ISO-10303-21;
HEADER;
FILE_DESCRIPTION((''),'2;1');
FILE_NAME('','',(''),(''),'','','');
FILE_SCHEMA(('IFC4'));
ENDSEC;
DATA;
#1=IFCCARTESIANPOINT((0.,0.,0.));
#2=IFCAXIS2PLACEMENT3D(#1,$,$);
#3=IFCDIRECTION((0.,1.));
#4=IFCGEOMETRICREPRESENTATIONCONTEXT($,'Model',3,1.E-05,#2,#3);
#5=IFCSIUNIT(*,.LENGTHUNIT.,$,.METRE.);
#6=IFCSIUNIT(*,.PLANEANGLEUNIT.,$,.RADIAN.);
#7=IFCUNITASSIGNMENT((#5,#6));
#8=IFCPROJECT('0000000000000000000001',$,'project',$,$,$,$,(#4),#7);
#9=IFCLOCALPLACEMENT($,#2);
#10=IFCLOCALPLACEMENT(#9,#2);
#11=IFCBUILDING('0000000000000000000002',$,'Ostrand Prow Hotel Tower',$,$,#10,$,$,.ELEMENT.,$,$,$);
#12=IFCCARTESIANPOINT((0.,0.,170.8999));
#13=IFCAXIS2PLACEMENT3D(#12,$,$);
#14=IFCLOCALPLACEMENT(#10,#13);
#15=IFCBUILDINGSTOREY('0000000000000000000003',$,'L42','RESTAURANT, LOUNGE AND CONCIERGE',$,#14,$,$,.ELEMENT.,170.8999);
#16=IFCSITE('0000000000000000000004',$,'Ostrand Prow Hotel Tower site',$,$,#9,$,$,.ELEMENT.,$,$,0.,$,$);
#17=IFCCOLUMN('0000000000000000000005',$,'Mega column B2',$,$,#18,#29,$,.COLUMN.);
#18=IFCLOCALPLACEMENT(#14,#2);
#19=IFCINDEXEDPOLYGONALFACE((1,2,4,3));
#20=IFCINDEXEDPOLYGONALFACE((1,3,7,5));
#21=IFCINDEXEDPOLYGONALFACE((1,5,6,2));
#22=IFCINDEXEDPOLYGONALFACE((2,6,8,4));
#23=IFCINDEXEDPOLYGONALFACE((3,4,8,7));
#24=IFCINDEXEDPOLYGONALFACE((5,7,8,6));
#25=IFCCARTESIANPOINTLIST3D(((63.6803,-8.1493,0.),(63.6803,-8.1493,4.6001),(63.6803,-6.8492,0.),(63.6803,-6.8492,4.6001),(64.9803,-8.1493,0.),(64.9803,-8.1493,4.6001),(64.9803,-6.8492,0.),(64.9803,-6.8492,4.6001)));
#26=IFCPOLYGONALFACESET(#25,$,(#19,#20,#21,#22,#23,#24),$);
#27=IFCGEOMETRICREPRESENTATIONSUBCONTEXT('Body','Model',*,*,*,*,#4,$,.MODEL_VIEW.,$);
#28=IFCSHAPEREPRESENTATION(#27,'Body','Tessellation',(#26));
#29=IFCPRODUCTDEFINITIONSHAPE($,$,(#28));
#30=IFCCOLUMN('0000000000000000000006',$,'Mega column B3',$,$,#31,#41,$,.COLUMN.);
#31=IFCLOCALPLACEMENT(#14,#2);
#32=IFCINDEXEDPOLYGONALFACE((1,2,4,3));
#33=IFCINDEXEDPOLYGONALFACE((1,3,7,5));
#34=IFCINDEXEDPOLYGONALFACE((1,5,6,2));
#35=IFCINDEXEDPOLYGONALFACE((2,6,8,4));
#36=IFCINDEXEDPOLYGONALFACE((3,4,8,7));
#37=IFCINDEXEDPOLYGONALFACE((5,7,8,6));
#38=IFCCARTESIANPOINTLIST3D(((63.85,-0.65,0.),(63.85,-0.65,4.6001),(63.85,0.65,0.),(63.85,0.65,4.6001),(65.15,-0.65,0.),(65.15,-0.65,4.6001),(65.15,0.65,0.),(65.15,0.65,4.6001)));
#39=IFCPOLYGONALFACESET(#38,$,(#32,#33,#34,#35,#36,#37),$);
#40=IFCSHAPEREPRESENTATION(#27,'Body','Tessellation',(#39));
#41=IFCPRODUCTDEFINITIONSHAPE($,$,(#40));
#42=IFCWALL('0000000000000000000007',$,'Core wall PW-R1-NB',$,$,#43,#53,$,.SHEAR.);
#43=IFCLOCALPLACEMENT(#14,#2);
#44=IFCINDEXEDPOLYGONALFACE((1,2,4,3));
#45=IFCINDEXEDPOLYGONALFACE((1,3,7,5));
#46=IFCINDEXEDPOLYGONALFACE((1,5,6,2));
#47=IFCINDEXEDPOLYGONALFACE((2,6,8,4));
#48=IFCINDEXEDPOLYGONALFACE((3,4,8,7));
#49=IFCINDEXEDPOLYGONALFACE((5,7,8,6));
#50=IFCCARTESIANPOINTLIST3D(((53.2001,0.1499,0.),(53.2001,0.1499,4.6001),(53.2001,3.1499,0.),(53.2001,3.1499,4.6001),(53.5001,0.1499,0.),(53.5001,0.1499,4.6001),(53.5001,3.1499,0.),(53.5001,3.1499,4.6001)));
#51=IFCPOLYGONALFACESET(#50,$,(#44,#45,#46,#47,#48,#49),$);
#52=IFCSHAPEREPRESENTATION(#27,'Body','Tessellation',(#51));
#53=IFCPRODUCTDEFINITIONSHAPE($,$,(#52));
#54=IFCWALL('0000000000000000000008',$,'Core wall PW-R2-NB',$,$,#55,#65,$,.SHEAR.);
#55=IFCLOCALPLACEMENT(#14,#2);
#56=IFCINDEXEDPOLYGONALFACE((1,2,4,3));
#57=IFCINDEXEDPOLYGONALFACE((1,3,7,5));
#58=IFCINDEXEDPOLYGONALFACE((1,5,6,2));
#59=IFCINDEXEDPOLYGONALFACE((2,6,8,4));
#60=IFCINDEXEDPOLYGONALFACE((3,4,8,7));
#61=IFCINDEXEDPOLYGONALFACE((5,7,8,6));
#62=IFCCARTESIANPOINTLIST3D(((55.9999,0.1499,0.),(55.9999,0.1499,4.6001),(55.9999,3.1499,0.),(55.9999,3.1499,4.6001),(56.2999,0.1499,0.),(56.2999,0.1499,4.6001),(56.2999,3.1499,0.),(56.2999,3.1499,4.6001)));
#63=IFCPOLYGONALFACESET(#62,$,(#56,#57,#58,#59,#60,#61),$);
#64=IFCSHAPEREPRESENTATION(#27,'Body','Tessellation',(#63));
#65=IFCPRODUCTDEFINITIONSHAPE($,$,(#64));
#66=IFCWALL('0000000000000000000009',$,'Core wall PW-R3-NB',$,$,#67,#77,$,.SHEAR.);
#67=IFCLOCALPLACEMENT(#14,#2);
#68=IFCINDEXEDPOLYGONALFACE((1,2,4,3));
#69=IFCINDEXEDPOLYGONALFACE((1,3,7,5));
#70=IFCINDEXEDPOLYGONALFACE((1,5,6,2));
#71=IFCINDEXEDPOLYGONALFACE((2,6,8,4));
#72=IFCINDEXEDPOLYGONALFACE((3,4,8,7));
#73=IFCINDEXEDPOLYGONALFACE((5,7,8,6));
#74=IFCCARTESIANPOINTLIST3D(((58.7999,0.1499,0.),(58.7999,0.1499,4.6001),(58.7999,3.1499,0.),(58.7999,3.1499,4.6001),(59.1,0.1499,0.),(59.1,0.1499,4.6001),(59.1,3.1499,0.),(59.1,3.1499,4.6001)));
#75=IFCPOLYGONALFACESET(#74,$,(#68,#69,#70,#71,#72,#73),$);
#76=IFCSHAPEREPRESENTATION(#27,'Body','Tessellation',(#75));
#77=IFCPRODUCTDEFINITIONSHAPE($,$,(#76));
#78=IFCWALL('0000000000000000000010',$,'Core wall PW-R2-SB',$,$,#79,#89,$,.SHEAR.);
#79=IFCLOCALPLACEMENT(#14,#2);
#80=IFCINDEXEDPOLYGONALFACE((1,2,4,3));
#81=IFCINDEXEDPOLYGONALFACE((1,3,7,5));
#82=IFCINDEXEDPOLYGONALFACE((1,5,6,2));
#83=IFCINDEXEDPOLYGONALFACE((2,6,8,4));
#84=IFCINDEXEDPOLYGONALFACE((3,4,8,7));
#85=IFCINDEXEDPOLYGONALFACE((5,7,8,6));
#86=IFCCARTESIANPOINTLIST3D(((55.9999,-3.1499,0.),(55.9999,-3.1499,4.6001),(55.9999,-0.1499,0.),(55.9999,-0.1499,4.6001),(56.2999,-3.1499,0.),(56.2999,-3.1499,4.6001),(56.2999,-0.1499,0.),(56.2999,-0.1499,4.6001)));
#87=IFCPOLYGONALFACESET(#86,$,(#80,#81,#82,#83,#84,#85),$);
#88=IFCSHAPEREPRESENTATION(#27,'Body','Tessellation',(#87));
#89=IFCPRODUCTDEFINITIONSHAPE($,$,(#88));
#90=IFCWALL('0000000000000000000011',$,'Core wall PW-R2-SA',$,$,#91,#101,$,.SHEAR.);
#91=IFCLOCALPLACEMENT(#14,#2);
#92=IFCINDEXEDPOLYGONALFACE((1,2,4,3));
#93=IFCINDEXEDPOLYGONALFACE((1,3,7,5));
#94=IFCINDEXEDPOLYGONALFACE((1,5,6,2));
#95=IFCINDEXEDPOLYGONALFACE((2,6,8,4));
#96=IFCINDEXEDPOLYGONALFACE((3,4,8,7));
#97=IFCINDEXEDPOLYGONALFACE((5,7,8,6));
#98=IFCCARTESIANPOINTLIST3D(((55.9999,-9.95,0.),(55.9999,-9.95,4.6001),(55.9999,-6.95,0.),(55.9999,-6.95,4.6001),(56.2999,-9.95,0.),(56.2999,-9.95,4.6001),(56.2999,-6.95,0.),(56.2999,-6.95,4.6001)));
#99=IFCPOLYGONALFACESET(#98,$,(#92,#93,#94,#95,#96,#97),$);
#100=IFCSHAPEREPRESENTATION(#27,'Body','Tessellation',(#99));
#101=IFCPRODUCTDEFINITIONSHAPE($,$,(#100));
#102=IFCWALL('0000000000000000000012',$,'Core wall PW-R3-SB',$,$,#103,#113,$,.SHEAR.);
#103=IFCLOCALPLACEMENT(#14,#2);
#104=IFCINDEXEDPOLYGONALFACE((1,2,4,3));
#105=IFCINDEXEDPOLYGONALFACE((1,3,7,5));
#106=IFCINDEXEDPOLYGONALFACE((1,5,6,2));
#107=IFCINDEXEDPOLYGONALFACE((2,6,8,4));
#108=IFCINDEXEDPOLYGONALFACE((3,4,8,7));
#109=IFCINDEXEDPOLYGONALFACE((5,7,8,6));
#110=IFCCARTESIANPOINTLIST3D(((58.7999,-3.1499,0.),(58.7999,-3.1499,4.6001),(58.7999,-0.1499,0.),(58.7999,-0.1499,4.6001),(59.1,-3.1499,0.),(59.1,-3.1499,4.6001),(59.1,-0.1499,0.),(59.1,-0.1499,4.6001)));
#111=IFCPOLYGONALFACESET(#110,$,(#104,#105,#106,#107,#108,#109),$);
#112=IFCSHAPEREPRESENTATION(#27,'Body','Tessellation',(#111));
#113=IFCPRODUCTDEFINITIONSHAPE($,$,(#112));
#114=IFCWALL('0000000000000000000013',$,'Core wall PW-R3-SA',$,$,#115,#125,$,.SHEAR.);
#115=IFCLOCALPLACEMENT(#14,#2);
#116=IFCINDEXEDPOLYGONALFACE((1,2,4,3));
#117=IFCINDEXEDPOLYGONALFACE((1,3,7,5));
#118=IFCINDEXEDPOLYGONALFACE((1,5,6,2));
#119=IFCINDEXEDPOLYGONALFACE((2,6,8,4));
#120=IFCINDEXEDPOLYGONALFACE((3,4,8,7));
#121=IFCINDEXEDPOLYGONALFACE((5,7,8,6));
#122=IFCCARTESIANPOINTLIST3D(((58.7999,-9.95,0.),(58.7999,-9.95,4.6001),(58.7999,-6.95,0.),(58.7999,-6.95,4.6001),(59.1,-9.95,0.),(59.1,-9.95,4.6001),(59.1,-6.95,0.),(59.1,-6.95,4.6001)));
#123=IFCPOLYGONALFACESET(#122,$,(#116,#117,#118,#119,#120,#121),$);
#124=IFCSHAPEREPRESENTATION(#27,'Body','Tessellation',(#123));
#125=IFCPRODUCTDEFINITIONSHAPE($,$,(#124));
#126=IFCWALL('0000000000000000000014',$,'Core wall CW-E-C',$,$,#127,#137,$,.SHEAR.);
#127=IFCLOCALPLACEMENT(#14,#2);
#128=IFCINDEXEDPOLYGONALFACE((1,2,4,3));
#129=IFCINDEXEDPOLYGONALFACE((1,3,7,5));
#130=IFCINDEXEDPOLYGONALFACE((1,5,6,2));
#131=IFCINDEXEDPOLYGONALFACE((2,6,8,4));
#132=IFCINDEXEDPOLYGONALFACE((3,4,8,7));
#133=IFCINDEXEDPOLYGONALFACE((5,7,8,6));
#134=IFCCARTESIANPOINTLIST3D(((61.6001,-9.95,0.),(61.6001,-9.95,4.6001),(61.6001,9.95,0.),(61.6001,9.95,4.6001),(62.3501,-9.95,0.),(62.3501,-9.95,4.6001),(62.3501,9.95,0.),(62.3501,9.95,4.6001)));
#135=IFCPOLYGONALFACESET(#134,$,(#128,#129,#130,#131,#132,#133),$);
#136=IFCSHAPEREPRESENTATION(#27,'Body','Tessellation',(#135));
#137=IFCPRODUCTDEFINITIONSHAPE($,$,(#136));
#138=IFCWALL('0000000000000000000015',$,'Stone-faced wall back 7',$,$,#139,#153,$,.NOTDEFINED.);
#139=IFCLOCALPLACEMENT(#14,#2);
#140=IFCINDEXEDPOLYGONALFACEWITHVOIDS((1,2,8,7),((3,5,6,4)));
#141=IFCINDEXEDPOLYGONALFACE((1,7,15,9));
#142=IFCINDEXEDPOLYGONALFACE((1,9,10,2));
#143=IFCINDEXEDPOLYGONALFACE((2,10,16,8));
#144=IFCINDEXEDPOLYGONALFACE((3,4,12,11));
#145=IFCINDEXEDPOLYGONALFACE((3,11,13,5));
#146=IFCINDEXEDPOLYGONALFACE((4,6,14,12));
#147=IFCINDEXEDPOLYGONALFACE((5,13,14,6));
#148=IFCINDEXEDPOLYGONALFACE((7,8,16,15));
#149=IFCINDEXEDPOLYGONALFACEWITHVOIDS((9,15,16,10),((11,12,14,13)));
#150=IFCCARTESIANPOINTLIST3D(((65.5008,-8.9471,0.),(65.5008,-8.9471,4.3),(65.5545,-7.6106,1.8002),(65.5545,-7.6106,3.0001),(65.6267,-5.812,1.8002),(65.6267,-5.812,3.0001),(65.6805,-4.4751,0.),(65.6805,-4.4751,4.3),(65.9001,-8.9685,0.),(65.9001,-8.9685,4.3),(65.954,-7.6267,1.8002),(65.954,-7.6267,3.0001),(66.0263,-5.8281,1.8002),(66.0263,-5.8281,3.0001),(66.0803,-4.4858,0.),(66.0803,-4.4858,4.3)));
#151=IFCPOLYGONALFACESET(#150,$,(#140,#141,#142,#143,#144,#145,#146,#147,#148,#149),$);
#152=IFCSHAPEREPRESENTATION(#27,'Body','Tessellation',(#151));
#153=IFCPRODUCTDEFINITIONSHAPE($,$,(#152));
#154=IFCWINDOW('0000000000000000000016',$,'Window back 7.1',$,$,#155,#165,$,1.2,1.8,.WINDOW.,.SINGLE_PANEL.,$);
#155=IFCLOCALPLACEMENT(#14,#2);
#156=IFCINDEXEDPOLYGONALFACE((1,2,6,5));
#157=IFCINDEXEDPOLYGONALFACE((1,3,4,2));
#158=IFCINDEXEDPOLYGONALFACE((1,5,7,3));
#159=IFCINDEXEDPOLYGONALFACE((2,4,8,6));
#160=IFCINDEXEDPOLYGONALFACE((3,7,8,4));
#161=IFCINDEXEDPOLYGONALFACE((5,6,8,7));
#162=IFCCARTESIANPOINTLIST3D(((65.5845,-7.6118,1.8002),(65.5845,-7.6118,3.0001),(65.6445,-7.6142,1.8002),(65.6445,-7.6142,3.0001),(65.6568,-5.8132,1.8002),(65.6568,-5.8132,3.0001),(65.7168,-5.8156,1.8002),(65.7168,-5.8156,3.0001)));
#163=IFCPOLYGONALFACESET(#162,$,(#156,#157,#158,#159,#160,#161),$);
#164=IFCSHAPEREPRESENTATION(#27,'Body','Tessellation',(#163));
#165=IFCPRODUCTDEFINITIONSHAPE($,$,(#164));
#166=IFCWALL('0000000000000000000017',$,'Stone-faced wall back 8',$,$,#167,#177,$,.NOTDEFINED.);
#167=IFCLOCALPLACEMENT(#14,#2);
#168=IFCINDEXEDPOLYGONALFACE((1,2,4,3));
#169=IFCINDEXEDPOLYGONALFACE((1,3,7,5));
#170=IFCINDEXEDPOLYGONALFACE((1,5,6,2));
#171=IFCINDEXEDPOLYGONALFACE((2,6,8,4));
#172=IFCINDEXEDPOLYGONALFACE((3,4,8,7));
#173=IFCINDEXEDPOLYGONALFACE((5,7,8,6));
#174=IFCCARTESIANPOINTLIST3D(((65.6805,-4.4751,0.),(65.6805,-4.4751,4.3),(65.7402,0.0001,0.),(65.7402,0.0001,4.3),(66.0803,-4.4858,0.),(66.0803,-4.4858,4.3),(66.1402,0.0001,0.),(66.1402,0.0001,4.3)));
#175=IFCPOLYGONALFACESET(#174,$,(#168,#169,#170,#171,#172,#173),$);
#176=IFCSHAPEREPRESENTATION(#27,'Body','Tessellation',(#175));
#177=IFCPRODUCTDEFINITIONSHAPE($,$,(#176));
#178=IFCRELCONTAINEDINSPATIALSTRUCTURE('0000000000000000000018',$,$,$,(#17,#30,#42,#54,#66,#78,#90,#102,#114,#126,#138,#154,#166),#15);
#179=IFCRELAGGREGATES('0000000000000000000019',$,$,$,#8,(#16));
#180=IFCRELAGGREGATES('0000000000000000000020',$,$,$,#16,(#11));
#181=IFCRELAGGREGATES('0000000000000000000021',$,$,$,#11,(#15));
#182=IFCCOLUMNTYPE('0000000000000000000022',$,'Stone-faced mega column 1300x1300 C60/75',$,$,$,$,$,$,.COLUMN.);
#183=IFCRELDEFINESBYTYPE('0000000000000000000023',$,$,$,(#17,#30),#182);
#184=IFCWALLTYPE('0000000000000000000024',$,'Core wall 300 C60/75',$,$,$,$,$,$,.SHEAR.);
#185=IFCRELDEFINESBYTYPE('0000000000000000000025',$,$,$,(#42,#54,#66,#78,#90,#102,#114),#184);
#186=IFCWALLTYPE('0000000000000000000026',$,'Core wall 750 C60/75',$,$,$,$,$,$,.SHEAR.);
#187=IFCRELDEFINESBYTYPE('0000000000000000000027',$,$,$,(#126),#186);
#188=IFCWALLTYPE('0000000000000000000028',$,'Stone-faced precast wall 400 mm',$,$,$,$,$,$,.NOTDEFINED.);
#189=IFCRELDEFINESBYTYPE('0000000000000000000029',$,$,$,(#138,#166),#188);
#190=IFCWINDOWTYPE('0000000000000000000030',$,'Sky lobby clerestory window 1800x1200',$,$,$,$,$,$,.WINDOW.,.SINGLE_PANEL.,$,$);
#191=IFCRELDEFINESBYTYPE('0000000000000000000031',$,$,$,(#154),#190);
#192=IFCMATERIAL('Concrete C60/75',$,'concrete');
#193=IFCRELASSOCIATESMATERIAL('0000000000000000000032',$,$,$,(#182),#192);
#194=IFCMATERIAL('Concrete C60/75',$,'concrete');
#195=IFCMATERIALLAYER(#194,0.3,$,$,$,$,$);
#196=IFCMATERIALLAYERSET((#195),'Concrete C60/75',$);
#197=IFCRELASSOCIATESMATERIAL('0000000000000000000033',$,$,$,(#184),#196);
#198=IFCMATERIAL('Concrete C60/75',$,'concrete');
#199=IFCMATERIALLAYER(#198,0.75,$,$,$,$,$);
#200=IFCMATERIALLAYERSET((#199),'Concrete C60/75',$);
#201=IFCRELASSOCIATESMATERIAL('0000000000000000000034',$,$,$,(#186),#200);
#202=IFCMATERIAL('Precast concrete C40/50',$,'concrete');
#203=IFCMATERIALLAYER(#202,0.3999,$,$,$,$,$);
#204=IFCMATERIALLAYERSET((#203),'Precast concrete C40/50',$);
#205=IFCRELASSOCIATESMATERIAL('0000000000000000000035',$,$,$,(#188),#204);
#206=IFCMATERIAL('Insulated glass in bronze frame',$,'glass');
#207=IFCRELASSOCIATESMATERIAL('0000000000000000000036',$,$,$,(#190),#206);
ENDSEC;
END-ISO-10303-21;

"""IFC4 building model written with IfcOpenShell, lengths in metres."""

from ifc_helpers import new_model, si_unit, direction, frame, frame_2d, origin, origin_2d, place, context, subcontext, project, spatial, polyline, rectangle, outline, extrude, material, layer, layer_set, material_profile, profile_set, type_object, element, fill, save


model = new_model("IFC4")

# Units and contexts
model_context = context("Model", 3, precision=1e-05, world=origin(), true_north=direction((0.0, 1.0)))
body_context = subcontext(model_context, "Body", "Model", "MODEL_VIEW")
ifc_project = project(units=[si_unit("LENGTHUNIT", "METRE"), si_unit("PLANEANGLEUNIT", "RADIAN")], contexts=[model_context])

# Site, building, storey
site_placement = place(None, origin())
site = spatial("IfcSite", under=ifc_project, at=site_placement, Name="Ostrand Prow Hotel Tower site", CompositionType="ELEMENT", RefElevation=0.0)
building_placement = place(site_placement, origin())
building = spatial("IfcBuilding", under=site, at=building_placement, Name="Ostrand Prow Hotel Tower", CompositionType="ELEMENT")
storey_placement = place(building_placement, frame((0.0, 0.0, 170.8999)))
storey = spatial("IfcBuildingStorey", under=building, at=storey_placement, Name="L42", Description="RESTAURANT, LOUNGE AND CONCIERGE", CompositionType="ELEMENT", Elevation=170.8999)

# Columns
ifc_material_1 = material(Name="Concrete C60/75", Category="concrete")
ifc_material_profile = material_profile(ifc_material_1, rectangle(XDim=1.3, YDim=1.3, at=origin_2d()), Name="RC 1300x1300")
ifc_profile_set = profile_set([ifc_material_profile], Name="Concrete C60/75")
column_type = type_object("IfcColumnType", Name="Stone-faced mega column 1300x1300 C60/75", PredefinedType="COLUMN", material=ifc_profile_set)
for number, where, z_axis, x_axis, name in (
    (1, (64.3303, -7.4993, 0.0), (0.0, 0.0, 1.0), (1.0, 0.0, 0.0), "Mega column B2"),
    (2, (64.5, 0.0, 0.0), (0.0, 0.0, 1.0), (1.0, 0.0, 0.0), "Mega column B3"),
):
    element("IfcColumn", number, at=place(storey_placement, frame(where, z_axis=z_axis, x_axis=x_axis)), inside=storey, type_object=column_type, Name=name, PredefinedType="COLUMN", context=body_context, shape_type="SweptSolid", body=[
        extrude(rectangle(XDim=1.3, YDim=1.3, at=origin_2d()), origin(), (0.0, 0.0, 1.0), 4.6001),
    ])

# Walls
ifc_material_2 = material(Name="Concrete C60/75", Category="concrete")
ifc_layer_1 = layer(ifc_material_2, 0.3)
ifc_layer_set_1 = layer_set([ifc_layer_1], Name="Concrete C60/75")
wall_type_1 = type_object("IfcWallType", Name="Core wall 300 C60/75", PredefinedType="SHEAR", material=ifc_layer_set_1)
for number, where, z_axis, x_axis, name in (
    (3, (53.3501, 0.1499, 0.0), (0.0, 0.0, 1.0), (0.0, 1.0, 0.0), "Core wall PW-R1-NB"),
    (4, (56.1499, 0.1499, 0.0), (0.0, 0.0, 1.0), (0.0, 1.0, 0.0), "Core wall PW-R2-NB"),
    (5, (58.95, 0.1499, 0.0), (0.0, 0.0, 1.0), (0.0, 1.0, 0.0), "Core wall PW-R3-NB"),
    (6, (56.1499, -3.1499, 0.0), (0.0, 0.0, 1.0), (0.0, 1.0, 0.0), "Core wall PW-R2-SB"),
    (7, (56.1499, -9.95, 0.0), (0.0, 0.0, 1.0), (0.0, 1.0, 0.0), "Core wall PW-R2-SA"),
    (8, (58.95, -3.1499, 0.0), (0.0, 0.0, 1.0), (0.0, 1.0, 0.0), "Core wall PW-R3-SB"),
    (9, (58.95, -9.95, 0.0), (0.0, 0.0, 1.0), (0.0, 1.0, 0.0), "Core wall PW-R3-SA"),
):
    element("IfcWall", number, at=place(storey_placement, frame(where, z_axis=z_axis, x_axis=x_axis)), inside=storey, type_object=wall_type_1, Name=name, PredefinedType="SHEAR", context=body_context, shape_type="SweptSolid", body=[
        extrude(rectangle(XDim=3.0, YDim=0.3, at=frame_2d((1.5, 0.0))), origin(), (0.0, 0.0, 1.0), 4.6001),
    ])
ifc_material_3 = material(Name="Concrete C60/75", Category="concrete")
ifc_layer_2 = layer(ifc_material_3, 0.75)
ifc_layer_set_2 = layer_set([ifc_layer_2], Name="Concrete C60/75")
wall_type_2 = type_object("IfcWallType", Name="Core wall 750 C60/75", PredefinedType="SHEAR", material=ifc_layer_set_2)
wall_1_placement = place(storey_placement, frame((61.9751, -9.95, 0.0), z_axis=(0.0, 0.0, 1.0), x_axis=(0.0, 1.0, 0.0)))
element("IfcWall", 10, at=wall_1_placement, inside=storey, type_object=wall_type_2, Name="Core wall CW-E-C", PredefinedType="SHEAR", context=body_context, shape_type="SweptSolid", body=[
    extrude(rectangle(XDim=19.8999, YDim=0.75, at=frame_2d((9.95, 0.0))), origin(), (0.0, 0.0, 1.0), 4.6001),
])

# Wall, opening, window
ifc_material_4 = material(Name="Precast concrete C40/50", Category="concrete")
ifc_layer_3 = layer(ifc_material_4, 0.3999)
ifc_layer_set_3 = layer_set([ifc_layer_3], Name="Precast concrete C40/50")
wall_type_3 = type_object("IfcWallType", Name="Stone-faced precast wall 400 mm", PredefinedType="NOTDEFINED", material=ifc_layer_set_3)
wall_2_placement = place(storey_placement, frame((65.7004, -8.9578, 0.0), z_axis=(0.0, 0.0, 1.0), x_axis=(0.040155, 0.999193, 0.0)))
wall_2 = element("IfcWall", 11, at=wall_2_placement, inside=storey, type_object=wall_type_3, Name="Stone-faced wall back 7", PredefinedType="NOTDEFINED", context=body_context, shape_type="SweptSolid", body=[
    extrude(outline(polyline([(-0.0027, -0.2), (4.4836, -0.2), (4.4783, 0.2), (0.0027, 0.2), (-0.0027, -0.2)])), origin(), (0.0, 0.0, 1.0), 4.3),
])
opening_1_placement = place(wall_2_placement, frame((1.3403, 0.0, 1.8)))
opening_1 = element("IfcOpeningElement", 12, at=opening_1_placement, cuts=wall_2, PredefinedType="OPENING", context=body_context, shape_type="SweptSolid", body=[
    extrude(rectangle(XDim=1.8, YDim=1.2, at=frame_2d((0.8999, 0.6001))), frame((0.0, 0.21, 0.0), z_axis=(0.0, -1.0, 0.0), x_axis=(1.0, 0.0, 0.0)), (0.0, 0.0, 1.0), 0.4199),
])
ifc_material_5 = material(Name="Insulated glass in bronze frame", Category="glass")
window_type = type_object("IfcWindowType", Name="Sky lobby clerestory window 1800x1200", PartitioningType="SINGLE_PANEL", PredefinedType="WINDOW", material=ifc_material_5)
window_1_placement = place(opening_1_placement, origin())
window_1 = element("IfcWindow", 13, at=window_1_placement, inside=storey, type_object=window_type, Name="Window back 7.1", OverallHeight=1.2, OverallWidth=1.8, PartitioningType="SINGLE_PANEL", PredefinedType="WINDOW", context=body_context, shape_type="SweptSolid", body=[
    extrude(rectangle(XDim=1.8, YDim=1.2, at=frame_2d((0.8999, 0.6001))), frame((0.0, 0.1699, 0.0), z_axis=(0.0, -1.0, 0.0), x_axis=(1.0, 0.0, 0.0)), (0.0, 0.0, 1.0), 0.0601),
])
fill(opening_1, window_1)

# Wall
wall_3_placement = place(storey_placement, frame((65.8804, -4.4805, 0.0), z_axis=(0.0, 0.0, 1.0), x_axis=(0.013349, 0.999911, 0.0)))
element("IfcWall", 14, at=wall_3_placement, inside=storey, type_object=wall_type_3, Name="Stone-faced wall back 8", PredefinedType="NOTDEFINED", context=body_context, shape_type="SweptSolid", body=[
    extrude(outline(polyline([(-0.0027, -0.2), (4.4836, -0.2), (4.4783, 0.2), (0.0027, 0.2), (-0.0027, -0.2)])), origin(), (0.0, 0.0, 1.0), 4.3),
])

save(model, "model.ifc")
